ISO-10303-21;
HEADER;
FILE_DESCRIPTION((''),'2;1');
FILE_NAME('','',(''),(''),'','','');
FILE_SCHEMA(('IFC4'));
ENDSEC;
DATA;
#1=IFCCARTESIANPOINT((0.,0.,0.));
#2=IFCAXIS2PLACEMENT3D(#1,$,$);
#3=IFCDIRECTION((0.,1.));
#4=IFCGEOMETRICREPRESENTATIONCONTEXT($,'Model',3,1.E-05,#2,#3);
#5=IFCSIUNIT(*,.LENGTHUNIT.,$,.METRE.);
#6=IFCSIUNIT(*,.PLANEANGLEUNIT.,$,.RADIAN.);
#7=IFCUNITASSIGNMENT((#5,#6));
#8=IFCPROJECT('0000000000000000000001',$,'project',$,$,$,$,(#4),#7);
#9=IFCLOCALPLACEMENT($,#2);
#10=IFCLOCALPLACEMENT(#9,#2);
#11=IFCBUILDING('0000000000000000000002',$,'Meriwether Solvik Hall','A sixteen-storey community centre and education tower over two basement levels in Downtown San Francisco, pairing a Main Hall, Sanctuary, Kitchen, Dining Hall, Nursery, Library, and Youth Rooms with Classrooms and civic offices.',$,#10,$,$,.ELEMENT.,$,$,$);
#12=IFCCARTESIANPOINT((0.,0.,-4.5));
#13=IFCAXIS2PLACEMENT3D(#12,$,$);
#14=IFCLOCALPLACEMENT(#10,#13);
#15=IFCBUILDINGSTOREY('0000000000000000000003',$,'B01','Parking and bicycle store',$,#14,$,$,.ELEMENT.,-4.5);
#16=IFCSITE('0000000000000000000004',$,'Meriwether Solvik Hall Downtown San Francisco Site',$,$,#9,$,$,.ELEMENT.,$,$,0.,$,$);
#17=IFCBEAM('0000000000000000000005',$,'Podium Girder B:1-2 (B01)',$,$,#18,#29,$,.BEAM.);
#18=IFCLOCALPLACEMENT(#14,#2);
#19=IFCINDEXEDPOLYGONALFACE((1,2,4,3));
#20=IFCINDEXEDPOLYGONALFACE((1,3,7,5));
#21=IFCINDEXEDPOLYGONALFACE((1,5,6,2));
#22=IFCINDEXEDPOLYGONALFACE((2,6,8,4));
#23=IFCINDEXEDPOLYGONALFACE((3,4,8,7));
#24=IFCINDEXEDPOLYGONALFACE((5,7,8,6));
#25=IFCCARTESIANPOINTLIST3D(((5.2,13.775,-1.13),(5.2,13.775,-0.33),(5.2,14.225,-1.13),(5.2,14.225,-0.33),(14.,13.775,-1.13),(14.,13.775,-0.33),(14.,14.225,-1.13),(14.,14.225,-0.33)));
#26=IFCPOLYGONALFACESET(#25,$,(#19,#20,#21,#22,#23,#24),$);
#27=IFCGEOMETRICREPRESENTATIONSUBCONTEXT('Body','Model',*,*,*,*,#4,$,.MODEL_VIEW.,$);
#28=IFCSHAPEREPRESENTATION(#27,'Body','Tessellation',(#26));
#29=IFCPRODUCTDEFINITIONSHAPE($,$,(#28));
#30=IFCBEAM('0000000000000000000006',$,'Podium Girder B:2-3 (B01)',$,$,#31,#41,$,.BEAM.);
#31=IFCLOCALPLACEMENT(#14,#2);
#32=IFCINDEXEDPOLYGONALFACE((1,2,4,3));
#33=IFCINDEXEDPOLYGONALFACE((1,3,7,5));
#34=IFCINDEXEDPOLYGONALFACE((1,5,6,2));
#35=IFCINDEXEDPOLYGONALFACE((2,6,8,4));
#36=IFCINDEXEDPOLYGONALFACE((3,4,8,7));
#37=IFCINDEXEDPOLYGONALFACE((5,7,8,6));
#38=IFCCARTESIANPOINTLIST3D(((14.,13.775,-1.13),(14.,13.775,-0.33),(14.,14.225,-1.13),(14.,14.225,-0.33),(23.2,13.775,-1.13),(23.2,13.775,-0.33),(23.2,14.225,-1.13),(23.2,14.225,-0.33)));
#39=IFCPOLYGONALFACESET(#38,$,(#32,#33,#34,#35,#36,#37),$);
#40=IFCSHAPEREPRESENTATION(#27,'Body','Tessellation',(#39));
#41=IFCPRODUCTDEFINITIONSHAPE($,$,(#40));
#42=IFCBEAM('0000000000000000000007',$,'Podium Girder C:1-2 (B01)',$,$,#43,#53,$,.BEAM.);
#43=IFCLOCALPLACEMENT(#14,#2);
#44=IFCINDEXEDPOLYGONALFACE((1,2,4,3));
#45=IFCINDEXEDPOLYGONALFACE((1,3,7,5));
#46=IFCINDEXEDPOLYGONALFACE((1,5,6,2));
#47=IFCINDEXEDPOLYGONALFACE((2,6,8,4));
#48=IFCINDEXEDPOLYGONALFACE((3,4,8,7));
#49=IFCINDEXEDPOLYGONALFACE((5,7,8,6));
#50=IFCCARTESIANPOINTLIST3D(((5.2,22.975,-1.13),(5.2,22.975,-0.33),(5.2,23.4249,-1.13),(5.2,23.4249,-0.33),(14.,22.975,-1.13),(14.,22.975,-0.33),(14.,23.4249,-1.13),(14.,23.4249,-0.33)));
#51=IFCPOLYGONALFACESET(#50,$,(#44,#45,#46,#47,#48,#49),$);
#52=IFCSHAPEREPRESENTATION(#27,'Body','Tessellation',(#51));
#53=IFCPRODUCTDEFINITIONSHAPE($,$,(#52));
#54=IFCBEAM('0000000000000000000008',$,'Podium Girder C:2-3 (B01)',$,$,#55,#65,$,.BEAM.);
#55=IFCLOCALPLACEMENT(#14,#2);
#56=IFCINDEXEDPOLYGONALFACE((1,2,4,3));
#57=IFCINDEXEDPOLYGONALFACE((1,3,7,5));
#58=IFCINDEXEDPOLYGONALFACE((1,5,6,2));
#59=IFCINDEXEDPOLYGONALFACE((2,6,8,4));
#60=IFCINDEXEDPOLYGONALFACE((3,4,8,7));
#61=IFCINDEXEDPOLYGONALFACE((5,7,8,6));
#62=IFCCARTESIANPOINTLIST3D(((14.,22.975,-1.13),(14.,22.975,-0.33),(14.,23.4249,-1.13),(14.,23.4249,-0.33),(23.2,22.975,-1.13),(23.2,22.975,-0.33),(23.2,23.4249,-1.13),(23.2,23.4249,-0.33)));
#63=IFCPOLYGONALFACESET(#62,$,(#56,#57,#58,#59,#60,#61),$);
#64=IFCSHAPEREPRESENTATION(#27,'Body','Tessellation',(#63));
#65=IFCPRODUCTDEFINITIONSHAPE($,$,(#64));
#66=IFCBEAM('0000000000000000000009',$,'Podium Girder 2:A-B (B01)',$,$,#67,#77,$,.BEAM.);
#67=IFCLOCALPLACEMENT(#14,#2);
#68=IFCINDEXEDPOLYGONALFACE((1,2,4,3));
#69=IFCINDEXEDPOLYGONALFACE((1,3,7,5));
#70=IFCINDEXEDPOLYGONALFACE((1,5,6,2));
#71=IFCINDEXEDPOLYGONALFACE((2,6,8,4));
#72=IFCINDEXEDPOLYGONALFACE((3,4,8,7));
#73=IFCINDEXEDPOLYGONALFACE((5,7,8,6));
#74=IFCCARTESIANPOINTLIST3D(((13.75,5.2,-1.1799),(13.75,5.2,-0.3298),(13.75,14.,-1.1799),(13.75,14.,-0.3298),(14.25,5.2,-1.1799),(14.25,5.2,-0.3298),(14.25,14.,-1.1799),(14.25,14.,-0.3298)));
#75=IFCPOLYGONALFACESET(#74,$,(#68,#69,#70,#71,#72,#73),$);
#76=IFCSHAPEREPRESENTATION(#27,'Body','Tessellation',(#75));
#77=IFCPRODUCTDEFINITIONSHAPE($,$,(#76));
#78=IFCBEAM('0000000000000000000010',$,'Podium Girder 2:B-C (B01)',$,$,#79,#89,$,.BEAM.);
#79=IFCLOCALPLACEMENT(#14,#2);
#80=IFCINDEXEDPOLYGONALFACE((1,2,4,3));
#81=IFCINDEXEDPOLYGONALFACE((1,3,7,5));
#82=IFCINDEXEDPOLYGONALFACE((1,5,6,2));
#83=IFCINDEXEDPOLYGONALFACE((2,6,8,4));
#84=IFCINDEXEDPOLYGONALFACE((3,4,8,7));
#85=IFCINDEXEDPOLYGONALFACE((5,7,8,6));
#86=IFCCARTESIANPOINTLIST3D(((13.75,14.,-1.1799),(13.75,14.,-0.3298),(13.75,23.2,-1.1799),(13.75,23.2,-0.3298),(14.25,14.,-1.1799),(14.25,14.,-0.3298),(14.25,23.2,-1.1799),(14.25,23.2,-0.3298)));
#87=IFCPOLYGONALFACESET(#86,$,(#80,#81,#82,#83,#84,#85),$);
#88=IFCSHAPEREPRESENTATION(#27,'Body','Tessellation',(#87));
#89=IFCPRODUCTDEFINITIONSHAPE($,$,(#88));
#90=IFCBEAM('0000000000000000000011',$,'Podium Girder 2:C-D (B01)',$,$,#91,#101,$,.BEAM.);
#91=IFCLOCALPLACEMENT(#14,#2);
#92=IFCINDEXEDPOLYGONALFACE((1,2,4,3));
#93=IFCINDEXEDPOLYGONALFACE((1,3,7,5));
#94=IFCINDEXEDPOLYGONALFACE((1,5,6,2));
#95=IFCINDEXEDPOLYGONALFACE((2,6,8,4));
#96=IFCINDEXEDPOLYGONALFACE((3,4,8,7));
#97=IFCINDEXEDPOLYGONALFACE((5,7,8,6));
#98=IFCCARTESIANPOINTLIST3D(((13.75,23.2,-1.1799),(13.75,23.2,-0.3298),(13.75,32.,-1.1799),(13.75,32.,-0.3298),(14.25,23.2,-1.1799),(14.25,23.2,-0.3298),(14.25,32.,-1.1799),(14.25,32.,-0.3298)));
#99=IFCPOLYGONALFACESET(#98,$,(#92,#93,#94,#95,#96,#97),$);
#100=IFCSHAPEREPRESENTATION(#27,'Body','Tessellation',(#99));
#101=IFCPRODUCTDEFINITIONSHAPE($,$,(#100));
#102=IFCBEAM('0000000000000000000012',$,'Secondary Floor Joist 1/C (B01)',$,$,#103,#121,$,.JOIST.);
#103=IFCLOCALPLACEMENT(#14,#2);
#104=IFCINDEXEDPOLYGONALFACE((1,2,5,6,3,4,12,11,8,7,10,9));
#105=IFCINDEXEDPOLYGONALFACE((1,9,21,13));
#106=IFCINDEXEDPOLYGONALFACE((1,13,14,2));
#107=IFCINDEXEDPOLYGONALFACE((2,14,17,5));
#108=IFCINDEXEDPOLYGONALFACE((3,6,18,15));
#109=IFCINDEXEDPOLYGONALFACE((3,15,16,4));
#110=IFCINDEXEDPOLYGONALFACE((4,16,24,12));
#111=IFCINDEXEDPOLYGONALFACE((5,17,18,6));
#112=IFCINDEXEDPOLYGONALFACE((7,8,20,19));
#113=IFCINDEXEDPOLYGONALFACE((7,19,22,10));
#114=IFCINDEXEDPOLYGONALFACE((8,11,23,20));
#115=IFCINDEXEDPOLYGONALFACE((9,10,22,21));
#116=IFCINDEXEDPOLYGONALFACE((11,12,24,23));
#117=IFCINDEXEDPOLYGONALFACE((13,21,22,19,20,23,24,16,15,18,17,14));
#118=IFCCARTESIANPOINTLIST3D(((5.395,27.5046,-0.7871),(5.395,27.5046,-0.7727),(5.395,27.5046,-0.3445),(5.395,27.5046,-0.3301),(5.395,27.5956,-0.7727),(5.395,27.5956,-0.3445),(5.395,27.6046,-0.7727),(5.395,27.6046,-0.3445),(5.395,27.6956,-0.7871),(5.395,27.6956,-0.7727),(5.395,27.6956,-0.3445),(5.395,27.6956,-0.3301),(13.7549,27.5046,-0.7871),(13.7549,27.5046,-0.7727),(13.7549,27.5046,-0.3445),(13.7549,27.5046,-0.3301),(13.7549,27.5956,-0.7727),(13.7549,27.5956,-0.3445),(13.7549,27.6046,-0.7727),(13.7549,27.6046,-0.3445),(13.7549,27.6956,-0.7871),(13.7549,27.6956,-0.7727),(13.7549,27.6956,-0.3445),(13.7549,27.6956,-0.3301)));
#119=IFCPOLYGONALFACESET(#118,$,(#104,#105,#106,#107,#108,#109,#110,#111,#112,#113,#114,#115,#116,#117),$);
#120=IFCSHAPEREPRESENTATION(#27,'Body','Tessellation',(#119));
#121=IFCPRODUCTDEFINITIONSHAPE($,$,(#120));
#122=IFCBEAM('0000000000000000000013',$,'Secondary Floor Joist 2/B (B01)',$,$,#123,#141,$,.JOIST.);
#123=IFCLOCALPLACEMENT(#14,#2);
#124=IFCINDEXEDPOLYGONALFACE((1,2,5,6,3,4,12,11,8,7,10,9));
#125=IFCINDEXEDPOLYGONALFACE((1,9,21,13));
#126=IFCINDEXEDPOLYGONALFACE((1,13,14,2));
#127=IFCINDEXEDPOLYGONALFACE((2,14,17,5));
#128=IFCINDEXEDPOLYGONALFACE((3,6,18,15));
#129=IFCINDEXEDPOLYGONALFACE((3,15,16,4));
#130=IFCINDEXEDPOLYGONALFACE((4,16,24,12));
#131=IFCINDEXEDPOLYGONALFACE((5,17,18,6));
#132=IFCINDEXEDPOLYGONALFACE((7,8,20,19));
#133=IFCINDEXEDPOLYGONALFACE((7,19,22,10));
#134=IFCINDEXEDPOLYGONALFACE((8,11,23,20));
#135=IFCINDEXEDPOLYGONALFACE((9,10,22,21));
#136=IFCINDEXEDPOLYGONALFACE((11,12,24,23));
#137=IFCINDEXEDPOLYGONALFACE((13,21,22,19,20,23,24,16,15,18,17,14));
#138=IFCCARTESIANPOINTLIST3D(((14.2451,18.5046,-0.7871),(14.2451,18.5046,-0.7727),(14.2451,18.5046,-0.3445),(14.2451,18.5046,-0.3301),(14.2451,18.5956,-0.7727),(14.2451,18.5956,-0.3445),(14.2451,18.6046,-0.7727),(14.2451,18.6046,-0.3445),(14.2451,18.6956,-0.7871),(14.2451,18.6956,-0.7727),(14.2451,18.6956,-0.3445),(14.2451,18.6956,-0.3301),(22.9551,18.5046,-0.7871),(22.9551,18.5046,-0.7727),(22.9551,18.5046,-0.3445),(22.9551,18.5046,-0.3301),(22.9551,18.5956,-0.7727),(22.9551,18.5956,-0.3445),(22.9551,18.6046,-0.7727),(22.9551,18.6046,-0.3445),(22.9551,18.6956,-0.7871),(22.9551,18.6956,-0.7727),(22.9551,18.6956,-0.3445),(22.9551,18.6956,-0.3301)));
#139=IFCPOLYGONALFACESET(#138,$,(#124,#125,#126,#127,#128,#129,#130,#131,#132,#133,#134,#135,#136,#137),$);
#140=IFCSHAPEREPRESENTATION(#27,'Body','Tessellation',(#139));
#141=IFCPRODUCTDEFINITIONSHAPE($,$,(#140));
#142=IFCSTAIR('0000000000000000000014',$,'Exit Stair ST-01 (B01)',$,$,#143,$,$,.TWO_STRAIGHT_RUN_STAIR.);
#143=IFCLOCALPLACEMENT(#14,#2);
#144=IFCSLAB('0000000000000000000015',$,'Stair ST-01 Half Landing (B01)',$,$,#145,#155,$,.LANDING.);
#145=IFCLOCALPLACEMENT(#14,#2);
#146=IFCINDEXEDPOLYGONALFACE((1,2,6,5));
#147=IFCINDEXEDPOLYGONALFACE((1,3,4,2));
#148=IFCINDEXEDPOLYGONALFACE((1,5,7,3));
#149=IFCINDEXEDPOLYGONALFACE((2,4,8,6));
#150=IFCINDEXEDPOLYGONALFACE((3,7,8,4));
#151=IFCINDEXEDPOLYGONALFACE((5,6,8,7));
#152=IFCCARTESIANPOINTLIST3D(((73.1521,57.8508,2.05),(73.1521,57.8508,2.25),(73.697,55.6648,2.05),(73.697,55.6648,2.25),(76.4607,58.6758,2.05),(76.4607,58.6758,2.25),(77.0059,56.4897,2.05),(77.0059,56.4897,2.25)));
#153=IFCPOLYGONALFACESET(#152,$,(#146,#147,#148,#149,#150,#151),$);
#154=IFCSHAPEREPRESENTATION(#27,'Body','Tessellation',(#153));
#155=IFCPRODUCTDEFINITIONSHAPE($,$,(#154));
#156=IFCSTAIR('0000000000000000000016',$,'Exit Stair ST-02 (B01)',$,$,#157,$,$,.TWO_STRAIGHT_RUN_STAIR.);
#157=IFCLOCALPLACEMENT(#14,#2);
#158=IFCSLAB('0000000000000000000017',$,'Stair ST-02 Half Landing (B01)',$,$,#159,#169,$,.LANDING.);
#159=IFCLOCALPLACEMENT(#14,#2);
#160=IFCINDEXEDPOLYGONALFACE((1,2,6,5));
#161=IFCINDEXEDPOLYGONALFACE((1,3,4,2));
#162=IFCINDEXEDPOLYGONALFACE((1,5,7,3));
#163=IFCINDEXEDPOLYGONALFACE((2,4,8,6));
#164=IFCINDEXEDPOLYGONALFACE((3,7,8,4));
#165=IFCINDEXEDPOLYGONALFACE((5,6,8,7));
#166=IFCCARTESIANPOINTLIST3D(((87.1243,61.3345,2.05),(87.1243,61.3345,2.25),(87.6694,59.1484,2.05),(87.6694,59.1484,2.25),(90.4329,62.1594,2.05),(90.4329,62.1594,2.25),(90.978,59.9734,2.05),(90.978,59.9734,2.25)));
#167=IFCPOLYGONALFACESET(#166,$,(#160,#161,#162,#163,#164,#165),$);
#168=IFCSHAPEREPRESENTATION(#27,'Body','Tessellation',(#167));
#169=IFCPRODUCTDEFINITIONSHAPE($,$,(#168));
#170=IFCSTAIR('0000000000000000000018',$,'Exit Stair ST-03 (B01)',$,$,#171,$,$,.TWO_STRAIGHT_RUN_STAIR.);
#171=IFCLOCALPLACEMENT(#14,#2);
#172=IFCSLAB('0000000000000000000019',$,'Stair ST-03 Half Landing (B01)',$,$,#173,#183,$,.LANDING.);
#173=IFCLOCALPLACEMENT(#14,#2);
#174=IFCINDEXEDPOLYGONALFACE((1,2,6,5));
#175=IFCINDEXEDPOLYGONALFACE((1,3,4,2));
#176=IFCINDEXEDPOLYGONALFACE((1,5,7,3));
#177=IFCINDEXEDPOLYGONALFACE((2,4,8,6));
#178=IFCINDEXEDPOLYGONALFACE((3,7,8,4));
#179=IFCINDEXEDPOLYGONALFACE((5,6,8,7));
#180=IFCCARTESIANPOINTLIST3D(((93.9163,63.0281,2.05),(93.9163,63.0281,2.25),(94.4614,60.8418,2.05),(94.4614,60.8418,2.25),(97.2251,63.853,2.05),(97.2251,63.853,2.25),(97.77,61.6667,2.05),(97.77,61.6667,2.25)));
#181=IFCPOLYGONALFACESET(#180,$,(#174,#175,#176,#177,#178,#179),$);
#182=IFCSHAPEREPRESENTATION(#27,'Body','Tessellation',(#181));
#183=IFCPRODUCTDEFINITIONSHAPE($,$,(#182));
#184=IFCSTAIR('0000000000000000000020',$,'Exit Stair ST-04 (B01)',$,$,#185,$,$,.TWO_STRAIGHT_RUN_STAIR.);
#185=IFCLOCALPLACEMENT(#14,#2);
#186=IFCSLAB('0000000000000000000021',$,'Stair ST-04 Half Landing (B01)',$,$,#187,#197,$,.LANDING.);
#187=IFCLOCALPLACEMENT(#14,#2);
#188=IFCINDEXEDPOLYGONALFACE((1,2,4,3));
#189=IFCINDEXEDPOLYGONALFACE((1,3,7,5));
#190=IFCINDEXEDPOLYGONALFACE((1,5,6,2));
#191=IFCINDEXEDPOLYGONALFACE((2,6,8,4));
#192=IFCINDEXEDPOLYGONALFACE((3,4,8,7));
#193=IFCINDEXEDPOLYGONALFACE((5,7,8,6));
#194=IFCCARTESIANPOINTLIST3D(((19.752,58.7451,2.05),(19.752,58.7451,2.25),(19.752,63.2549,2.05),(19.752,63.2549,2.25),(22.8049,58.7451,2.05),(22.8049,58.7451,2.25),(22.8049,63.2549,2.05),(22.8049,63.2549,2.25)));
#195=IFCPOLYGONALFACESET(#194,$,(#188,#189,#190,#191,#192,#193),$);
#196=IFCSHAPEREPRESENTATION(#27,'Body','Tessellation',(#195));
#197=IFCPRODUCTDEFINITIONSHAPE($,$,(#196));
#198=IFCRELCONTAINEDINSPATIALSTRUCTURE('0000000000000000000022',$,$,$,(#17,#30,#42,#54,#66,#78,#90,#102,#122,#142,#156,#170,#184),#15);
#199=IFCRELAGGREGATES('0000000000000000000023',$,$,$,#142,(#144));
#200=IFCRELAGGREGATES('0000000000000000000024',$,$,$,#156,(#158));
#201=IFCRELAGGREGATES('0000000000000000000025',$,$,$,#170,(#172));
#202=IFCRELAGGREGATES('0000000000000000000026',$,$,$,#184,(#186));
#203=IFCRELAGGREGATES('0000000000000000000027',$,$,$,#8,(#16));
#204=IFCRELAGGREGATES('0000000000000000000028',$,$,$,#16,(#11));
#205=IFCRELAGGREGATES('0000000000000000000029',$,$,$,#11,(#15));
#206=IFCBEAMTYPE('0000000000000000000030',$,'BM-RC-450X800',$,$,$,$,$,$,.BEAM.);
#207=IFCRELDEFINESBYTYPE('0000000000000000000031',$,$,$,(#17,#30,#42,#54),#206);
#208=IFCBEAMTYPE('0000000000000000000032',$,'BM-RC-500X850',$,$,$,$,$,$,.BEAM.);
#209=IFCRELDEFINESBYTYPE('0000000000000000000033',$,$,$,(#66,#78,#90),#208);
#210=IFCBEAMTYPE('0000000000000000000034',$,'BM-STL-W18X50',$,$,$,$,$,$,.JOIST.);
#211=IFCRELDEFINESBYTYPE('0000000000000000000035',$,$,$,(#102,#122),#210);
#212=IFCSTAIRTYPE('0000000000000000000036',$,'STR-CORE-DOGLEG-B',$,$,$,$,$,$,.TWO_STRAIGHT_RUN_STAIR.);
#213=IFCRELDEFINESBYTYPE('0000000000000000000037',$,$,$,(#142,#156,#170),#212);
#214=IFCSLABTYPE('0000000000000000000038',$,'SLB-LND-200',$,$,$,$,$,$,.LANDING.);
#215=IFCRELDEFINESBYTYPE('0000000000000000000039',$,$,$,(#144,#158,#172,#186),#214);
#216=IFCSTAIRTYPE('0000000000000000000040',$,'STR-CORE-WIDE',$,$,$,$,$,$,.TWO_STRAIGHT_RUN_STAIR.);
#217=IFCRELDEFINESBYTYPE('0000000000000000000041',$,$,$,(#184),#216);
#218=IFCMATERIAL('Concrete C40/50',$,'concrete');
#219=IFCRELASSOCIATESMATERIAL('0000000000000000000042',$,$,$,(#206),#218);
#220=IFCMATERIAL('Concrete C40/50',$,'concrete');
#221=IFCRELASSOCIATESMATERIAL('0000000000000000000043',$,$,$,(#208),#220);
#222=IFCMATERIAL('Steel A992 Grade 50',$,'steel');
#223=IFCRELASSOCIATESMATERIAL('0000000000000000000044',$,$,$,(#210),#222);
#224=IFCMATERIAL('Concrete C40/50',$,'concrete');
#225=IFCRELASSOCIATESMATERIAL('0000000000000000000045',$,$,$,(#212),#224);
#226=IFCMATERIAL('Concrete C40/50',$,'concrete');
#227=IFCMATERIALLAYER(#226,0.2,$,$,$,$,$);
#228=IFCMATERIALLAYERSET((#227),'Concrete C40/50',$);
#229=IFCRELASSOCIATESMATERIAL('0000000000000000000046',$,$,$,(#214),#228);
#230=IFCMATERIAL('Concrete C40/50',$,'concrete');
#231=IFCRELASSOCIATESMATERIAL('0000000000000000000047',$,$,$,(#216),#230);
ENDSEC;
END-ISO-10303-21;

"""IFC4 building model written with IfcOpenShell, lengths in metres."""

from ifc_helpers import new_model, si_unit, direction, frame, origin, origin_2d, place, context, subcontext, project, spatial, polyline, rectangle, i_section, outline, extrude, material, layer, layer_set, material_profile, profile_set, type_object, element, aggregate, save


model = new_model("IFC4")

# Units and contexts
model_context = context("Model", 3, precision=1e-05, world=origin(), true_north=direction((0.0, 1.0)))
body_context = subcontext(model_context, "Body", "Model", "MODEL_VIEW")
ifc_project = project(units=[si_unit("LENGTHUNIT", "METRE"), si_unit("PLANEANGLEUNIT", "RADIAN")], contexts=[model_context])

# Site, building, storey
site_placement = place(None, origin())
site = spatial("IfcSite", under=ifc_project, at=site_placement, Name="Meriwether Solvik Hall Downtown San Francisco Site", CompositionType="ELEMENT", RefElevation=0.0)
building_placement = place(site_placement, origin())
building = spatial("IfcBuilding", under=site, at=building_placement, Name="Meriwether Solvik Hall", Description="A sixteen-storey community centre and education tower over two basement levels in Downtown San Francisco, pairing a Main Hall, Sanctuary, Kitchen, Dining Hall, Nursery, Library, and Youth Rooms with Classrooms and civic offices.", CompositionType="ELEMENT")
storey_placement = place(building_placement, frame((0.0, 0.0, -4.5)))
storey = spatial("IfcBuildingStorey", under=building, at=storey_placement, Name="B01", Description="Parking and bicycle store", CompositionType="ELEMENT", Elevation=-4.5)

# Beams
ifc_material_1 = material(Name="Concrete C40/50", Category="concrete")
ifc_material_profile_1 = material_profile(ifc_material_1, rectangle(XDim=0.45, YDim=0.8, at=origin_2d()), Name="RCB-450X800")
ifc_profile_set_1 = profile_set([ifc_material_profile_1], Name="Concrete C40/50")
beam_type_1 = type_object("IfcBeamType", Name="BM-RC-450X800", PredefinedType="BEAM", material=ifc_profile_set_1)
beam_1_placement = place(storey_placement, frame((5.2, 14.0, -0.73), z_axis=(1.0, 0.0, 0.0), x_axis=(0.0, 1.0, 0.0)))
element("IfcBeam", 1, at=beam_1_placement, inside=storey, type_object=beam_type_1, Name="Podium Girder B:1-2 (B01)", PredefinedType="BEAM", context=body_context, shape_type="SweptSolid", body=[
    extrude(rectangle(XDim=0.45, YDim=0.8, at=origin_2d()), origin(), (0.0, 0.0, 1.0), 8.8),
])
beam_2_placement = place(storey_placement, frame((14.0, 14.0, -0.73), z_axis=(1.0, 0.0, 0.0), x_axis=(0.0, 1.0, 0.0)))
element("IfcBeam", 2, at=beam_2_placement, inside=storey, type_object=beam_type_1, Name="Podium Girder B:2-3 (B01)", PredefinedType="BEAM", context=body_context, shape_type="SweptSolid", body=[
    extrude(rectangle(XDim=0.45, YDim=0.8, at=origin_2d()), origin(), (0.0, 0.0, 1.0), 9.2),
])
beam_3_placement = place(storey_placement, frame((5.2, 23.2, -0.73), z_axis=(1.0, 0.0, 0.0), x_axis=(0.0, 1.0, 0.0)))
element("IfcBeam", 3, at=beam_3_placement, inside=storey, type_object=beam_type_1, Name="Podium Girder C:1-2 (B01)", PredefinedType="BEAM", context=body_context, shape_type="SweptSolid", body=[
    extrude(rectangle(XDim=0.45, YDim=0.8, at=origin_2d()), origin(), (0.0, 0.0, 1.0), 8.8),
])
beam_4_placement = place(storey_placement, frame((14.0, 23.2, -0.73), z_axis=(1.0, 0.0, 0.0), x_axis=(0.0, 1.0, 0.0)))
element("IfcBeam", 4, at=beam_4_placement, inside=storey, type_object=beam_type_1, Name="Podium Girder C:2-3 (B01)", PredefinedType="BEAM", context=body_context, shape_type="SweptSolid", body=[
    extrude(rectangle(XDim=0.45, YDim=0.8, at=origin_2d()), origin(), (0.0, 0.0, 1.0), 9.2),
])
ifc_material_2 = material(Name="Concrete C40/50", Category="concrete")
ifc_material_profile_2 = material_profile(ifc_material_2, rectangle(XDim=0.5, YDim=0.8501, at=origin_2d()), Name="RCB-500X850")
ifc_profile_set_2 = profile_set([ifc_material_profile_2], Name="Concrete C40/50")
beam_type_2 = type_object("IfcBeamType", Name="BM-RC-500X850", PredefinedType="BEAM", material=ifc_profile_set_2)
beam_5_placement = place(storey_placement, frame((14.0, 5.2, -0.7549), z_axis=(0.0, 1.0, 0.0), x_axis=(-1.0, 0.0, 0.0)))
element("IfcBeam", 5, at=beam_5_placement, inside=storey, type_object=beam_type_2, Name="Podium Girder 2:A-B (B01)", PredefinedType="BEAM", context=body_context, shape_type="SweptSolid", body=[
    extrude(rectangle(XDim=0.5, YDim=0.8501, at=origin_2d()), origin(), (0.0, 0.0, 1.0), 8.8),
])
beam_6_placement = place(storey_placement, frame((14.0, 14.0, -0.7549), z_axis=(0.0, 1.0, 0.0), x_axis=(-1.0, 0.0, 0.0)))
element("IfcBeam", 6, at=beam_6_placement, inside=storey, type_object=beam_type_2, Name="Podium Girder 2:B-C (B01)", PredefinedType="BEAM", context=body_context, shape_type="SweptSolid", body=[
    extrude(rectangle(XDim=0.5, YDim=0.8501, at=origin_2d()), origin(), (0.0, 0.0, 1.0), 9.2),
])
beam_7_placement = place(storey_placement, frame((14.0, 23.2, -0.7549), z_axis=(0.0, 1.0, 0.0), x_axis=(-1.0, 0.0, 0.0)))
element("IfcBeam", 7, at=beam_7_placement, inside=storey, type_object=beam_type_2, Name="Podium Girder 2:C-D (B01)", PredefinedType="BEAM", context=body_context, shape_type="SweptSolid", body=[
    extrude(rectangle(XDim=0.5, YDim=0.8501, at=origin_2d()), origin(), (0.0, 0.0, 1.0), 8.8),
])
ifc_material_3 = material(Name="Steel A992 Grade 50", Category="steel")
ifc_material_profile_3 = material_profile(ifc_material_3, i_section(OverallWidth=0.1909, OverallDepth=0.457, WebThickness=0.009, FlangeThickness=0.0144, at=origin_2d()), Name="W18X50")
ifc_profile_set_3 = profile_set([ifc_material_profile_3], Name="Steel A992 Grade 50")
beam_type_3 = type_object("IfcBeamType", Name="BM-STL-W18X50", PredefinedType="JOIST", material=ifc_profile_set_3)
beam_8_placement = place(storey_placement, frame((5.395, 27.6001, -0.5586), z_axis=(1.0, 0.0, 0.0), x_axis=(0.0, 1.0, 0.0)))
element("IfcBeam", 8, at=beam_8_placement, inside=storey, type_object=beam_type_3, Name="Secondary Floor Joist 1/C (B01)", PredefinedType="JOIST", context=body_context, shape_type="SweptSolid", body=[
    extrude(i_section(OverallWidth=0.1909, OverallDepth=0.457, WebThickness=0.009, FlangeThickness=0.0144, at=origin_2d()), origin(), (0.0, 0.0, 1.0), 8.3599),
])
beam_9_placement = place(storey_placement, frame((14.2451, 18.6001, -0.5586), z_axis=(1.0, 0.0, 0.0), x_axis=(0.0, 1.0, 0.0)))
element("IfcBeam", 9, at=beam_9_placement, inside=storey, type_object=beam_type_3, Name="Secondary Floor Joist 2/B (B01)", PredefinedType="JOIST", context=body_context, shape_type="SweptSolid", body=[
    extrude(i_section(OverallWidth=0.1909, OverallDepth=0.457, WebThickness=0.009, FlangeThickness=0.0144, at=origin_2d()), origin(), (0.0, 0.0, 1.0), 8.71),
])

# Stairs, slabs
ifc_material_4 = material(Name="Concrete C40/50", Category="concrete")
stair_type_1 = type_object("IfcStairType", Name="STR-CORE-DOGLEG-B", PredefinedType="TWO_STRAIGHT_RUN_STAIR", material=ifc_material_4)
stair_1_placement = place(storey_placement, origin())
stair_1 = element("IfcStair", 10, at=stair_1_placement, inside=storey, type_object=stair_type_1, Name="Exit Stair ST-01 (B01)", PredefinedType="TWO_STRAIGHT_RUN_STAIR")
ifc_material_5 = material(Name="Concrete C40/50", Category="concrete")
ifc_layer_1 = layer(ifc_material_5, 0.2)
ifc_layer_set_1 = layer_set([ifc_layer_1], Name="Concrete C40/50")
slab_type_1 = type_object("IfcSlabType", Name="SLB-LND-200", PredefinedType="LANDING", material=ifc_layer_set_1)
slab_1_placement = place(storey_placement, frame((0.0, 0.0, 2.05)))
slab_1 = element("IfcSlab", 11, at=slab_1_placement, type_object=slab_type_1, Name="Stair ST-01 Half Landing (B01)", PredefinedType="LANDING", context=body_context, shape_type="SweptSolid", body=[
    extrude(outline(polyline([(73.697, 55.6648), (77.0059, 56.4897), (76.4607, 58.6758), (73.1521, 57.8508), (73.697, 55.6648)])), origin(), (0.0, 0.0, 1.0), 0.2),
])
aggregate(stair_1, [slab_1])
stair_2_placement = place(storey_placement, origin())
stair_2 = element("IfcStair", 12, at=stair_2_placement, inside=storey, type_object=stair_type_1, Name="Exit Stair ST-02 (B01)", PredefinedType="TWO_STRAIGHT_RUN_STAIR")
slab_2_placement = place(storey_placement, frame((0.0, 0.0, 2.05)))
slab_2 = element("IfcSlab", 13, at=slab_2_placement, type_object=slab_type_1, Name="Stair ST-02 Half Landing (B01)", PredefinedType="LANDING", context=body_context, shape_type="SweptSolid", body=[
    extrude(outline(polyline([(87.6694, 59.1484), (90.978, 59.9734), (90.4329, 62.1594), (87.1243, 61.3345), (87.6694, 59.1484)])), origin(), (0.0, 0.0, 1.0), 0.2),
])
aggregate(stair_2, [slab_2])
stair_3_placement = place(storey_placement, origin())
stair_3 = element("IfcStair", 14, at=stair_3_placement, inside=storey, type_object=stair_type_1, Name="Exit Stair ST-03 (B01)", PredefinedType="TWO_STRAIGHT_RUN_STAIR")
slab_3_placement = place(storey_placement, frame((0.0, 0.0, 2.05)))
slab_3 = element("IfcSlab", 15, at=slab_3_placement, type_object=slab_type_1, Name="Stair ST-03 Half Landing (B01)", PredefinedType="LANDING", context=body_context, shape_type="SweptSolid", body=[
    extrude(outline(polyline([(94.4614, 60.8418), (97.77, 61.6667), (97.2251, 63.853), (93.9163, 63.0281), (94.4614, 60.8418)])), origin(), (0.0, 0.0, 1.0), 0.2),
])
aggregate(stair_3, [slab_3])
ifc_material_6 = material(Name="Concrete C40/50", Category="concrete")
stair_type_2 = type_object("IfcStairType", Name="STR-CORE-WIDE", PredefinedType="TWO_STRAIGHT_RUN_STAIR", material=ifc_material_6)
stair_4_placement = place(storey_placement, origin())
stair_4 = element("IfcStair", 16, at=stair_4_placement, inside=storey, type_object=stair_type_2, Name="Exit Stair ST-04 (B01)", PredefinedType="TWO_STRAIGHT_RUN_STAIR")
slab_4_placement = place(storey_placement, frame((0.0, 0.0, 2.05)))
slab_4 = element("IfcSlab", 17, at=slab_4_placement, type_object=slab_type_1, Name="Stair ST-04 Half Landing (B01)", PredefinedType="LANDING", context=body_context, shape_type="SweptSolid", body=[
    extrude(outline(polyline([(19.752, 58.7451), (22.8049, 58.7451), (22.8049, 63.2549), (19.752, 63.2549), (19.752, 58.7451)])), origin(), (0.0, 0.0, 1.0), 0.2),
])
aggregate(stair_4, [slab_4])

save(model, "model.ifc")
